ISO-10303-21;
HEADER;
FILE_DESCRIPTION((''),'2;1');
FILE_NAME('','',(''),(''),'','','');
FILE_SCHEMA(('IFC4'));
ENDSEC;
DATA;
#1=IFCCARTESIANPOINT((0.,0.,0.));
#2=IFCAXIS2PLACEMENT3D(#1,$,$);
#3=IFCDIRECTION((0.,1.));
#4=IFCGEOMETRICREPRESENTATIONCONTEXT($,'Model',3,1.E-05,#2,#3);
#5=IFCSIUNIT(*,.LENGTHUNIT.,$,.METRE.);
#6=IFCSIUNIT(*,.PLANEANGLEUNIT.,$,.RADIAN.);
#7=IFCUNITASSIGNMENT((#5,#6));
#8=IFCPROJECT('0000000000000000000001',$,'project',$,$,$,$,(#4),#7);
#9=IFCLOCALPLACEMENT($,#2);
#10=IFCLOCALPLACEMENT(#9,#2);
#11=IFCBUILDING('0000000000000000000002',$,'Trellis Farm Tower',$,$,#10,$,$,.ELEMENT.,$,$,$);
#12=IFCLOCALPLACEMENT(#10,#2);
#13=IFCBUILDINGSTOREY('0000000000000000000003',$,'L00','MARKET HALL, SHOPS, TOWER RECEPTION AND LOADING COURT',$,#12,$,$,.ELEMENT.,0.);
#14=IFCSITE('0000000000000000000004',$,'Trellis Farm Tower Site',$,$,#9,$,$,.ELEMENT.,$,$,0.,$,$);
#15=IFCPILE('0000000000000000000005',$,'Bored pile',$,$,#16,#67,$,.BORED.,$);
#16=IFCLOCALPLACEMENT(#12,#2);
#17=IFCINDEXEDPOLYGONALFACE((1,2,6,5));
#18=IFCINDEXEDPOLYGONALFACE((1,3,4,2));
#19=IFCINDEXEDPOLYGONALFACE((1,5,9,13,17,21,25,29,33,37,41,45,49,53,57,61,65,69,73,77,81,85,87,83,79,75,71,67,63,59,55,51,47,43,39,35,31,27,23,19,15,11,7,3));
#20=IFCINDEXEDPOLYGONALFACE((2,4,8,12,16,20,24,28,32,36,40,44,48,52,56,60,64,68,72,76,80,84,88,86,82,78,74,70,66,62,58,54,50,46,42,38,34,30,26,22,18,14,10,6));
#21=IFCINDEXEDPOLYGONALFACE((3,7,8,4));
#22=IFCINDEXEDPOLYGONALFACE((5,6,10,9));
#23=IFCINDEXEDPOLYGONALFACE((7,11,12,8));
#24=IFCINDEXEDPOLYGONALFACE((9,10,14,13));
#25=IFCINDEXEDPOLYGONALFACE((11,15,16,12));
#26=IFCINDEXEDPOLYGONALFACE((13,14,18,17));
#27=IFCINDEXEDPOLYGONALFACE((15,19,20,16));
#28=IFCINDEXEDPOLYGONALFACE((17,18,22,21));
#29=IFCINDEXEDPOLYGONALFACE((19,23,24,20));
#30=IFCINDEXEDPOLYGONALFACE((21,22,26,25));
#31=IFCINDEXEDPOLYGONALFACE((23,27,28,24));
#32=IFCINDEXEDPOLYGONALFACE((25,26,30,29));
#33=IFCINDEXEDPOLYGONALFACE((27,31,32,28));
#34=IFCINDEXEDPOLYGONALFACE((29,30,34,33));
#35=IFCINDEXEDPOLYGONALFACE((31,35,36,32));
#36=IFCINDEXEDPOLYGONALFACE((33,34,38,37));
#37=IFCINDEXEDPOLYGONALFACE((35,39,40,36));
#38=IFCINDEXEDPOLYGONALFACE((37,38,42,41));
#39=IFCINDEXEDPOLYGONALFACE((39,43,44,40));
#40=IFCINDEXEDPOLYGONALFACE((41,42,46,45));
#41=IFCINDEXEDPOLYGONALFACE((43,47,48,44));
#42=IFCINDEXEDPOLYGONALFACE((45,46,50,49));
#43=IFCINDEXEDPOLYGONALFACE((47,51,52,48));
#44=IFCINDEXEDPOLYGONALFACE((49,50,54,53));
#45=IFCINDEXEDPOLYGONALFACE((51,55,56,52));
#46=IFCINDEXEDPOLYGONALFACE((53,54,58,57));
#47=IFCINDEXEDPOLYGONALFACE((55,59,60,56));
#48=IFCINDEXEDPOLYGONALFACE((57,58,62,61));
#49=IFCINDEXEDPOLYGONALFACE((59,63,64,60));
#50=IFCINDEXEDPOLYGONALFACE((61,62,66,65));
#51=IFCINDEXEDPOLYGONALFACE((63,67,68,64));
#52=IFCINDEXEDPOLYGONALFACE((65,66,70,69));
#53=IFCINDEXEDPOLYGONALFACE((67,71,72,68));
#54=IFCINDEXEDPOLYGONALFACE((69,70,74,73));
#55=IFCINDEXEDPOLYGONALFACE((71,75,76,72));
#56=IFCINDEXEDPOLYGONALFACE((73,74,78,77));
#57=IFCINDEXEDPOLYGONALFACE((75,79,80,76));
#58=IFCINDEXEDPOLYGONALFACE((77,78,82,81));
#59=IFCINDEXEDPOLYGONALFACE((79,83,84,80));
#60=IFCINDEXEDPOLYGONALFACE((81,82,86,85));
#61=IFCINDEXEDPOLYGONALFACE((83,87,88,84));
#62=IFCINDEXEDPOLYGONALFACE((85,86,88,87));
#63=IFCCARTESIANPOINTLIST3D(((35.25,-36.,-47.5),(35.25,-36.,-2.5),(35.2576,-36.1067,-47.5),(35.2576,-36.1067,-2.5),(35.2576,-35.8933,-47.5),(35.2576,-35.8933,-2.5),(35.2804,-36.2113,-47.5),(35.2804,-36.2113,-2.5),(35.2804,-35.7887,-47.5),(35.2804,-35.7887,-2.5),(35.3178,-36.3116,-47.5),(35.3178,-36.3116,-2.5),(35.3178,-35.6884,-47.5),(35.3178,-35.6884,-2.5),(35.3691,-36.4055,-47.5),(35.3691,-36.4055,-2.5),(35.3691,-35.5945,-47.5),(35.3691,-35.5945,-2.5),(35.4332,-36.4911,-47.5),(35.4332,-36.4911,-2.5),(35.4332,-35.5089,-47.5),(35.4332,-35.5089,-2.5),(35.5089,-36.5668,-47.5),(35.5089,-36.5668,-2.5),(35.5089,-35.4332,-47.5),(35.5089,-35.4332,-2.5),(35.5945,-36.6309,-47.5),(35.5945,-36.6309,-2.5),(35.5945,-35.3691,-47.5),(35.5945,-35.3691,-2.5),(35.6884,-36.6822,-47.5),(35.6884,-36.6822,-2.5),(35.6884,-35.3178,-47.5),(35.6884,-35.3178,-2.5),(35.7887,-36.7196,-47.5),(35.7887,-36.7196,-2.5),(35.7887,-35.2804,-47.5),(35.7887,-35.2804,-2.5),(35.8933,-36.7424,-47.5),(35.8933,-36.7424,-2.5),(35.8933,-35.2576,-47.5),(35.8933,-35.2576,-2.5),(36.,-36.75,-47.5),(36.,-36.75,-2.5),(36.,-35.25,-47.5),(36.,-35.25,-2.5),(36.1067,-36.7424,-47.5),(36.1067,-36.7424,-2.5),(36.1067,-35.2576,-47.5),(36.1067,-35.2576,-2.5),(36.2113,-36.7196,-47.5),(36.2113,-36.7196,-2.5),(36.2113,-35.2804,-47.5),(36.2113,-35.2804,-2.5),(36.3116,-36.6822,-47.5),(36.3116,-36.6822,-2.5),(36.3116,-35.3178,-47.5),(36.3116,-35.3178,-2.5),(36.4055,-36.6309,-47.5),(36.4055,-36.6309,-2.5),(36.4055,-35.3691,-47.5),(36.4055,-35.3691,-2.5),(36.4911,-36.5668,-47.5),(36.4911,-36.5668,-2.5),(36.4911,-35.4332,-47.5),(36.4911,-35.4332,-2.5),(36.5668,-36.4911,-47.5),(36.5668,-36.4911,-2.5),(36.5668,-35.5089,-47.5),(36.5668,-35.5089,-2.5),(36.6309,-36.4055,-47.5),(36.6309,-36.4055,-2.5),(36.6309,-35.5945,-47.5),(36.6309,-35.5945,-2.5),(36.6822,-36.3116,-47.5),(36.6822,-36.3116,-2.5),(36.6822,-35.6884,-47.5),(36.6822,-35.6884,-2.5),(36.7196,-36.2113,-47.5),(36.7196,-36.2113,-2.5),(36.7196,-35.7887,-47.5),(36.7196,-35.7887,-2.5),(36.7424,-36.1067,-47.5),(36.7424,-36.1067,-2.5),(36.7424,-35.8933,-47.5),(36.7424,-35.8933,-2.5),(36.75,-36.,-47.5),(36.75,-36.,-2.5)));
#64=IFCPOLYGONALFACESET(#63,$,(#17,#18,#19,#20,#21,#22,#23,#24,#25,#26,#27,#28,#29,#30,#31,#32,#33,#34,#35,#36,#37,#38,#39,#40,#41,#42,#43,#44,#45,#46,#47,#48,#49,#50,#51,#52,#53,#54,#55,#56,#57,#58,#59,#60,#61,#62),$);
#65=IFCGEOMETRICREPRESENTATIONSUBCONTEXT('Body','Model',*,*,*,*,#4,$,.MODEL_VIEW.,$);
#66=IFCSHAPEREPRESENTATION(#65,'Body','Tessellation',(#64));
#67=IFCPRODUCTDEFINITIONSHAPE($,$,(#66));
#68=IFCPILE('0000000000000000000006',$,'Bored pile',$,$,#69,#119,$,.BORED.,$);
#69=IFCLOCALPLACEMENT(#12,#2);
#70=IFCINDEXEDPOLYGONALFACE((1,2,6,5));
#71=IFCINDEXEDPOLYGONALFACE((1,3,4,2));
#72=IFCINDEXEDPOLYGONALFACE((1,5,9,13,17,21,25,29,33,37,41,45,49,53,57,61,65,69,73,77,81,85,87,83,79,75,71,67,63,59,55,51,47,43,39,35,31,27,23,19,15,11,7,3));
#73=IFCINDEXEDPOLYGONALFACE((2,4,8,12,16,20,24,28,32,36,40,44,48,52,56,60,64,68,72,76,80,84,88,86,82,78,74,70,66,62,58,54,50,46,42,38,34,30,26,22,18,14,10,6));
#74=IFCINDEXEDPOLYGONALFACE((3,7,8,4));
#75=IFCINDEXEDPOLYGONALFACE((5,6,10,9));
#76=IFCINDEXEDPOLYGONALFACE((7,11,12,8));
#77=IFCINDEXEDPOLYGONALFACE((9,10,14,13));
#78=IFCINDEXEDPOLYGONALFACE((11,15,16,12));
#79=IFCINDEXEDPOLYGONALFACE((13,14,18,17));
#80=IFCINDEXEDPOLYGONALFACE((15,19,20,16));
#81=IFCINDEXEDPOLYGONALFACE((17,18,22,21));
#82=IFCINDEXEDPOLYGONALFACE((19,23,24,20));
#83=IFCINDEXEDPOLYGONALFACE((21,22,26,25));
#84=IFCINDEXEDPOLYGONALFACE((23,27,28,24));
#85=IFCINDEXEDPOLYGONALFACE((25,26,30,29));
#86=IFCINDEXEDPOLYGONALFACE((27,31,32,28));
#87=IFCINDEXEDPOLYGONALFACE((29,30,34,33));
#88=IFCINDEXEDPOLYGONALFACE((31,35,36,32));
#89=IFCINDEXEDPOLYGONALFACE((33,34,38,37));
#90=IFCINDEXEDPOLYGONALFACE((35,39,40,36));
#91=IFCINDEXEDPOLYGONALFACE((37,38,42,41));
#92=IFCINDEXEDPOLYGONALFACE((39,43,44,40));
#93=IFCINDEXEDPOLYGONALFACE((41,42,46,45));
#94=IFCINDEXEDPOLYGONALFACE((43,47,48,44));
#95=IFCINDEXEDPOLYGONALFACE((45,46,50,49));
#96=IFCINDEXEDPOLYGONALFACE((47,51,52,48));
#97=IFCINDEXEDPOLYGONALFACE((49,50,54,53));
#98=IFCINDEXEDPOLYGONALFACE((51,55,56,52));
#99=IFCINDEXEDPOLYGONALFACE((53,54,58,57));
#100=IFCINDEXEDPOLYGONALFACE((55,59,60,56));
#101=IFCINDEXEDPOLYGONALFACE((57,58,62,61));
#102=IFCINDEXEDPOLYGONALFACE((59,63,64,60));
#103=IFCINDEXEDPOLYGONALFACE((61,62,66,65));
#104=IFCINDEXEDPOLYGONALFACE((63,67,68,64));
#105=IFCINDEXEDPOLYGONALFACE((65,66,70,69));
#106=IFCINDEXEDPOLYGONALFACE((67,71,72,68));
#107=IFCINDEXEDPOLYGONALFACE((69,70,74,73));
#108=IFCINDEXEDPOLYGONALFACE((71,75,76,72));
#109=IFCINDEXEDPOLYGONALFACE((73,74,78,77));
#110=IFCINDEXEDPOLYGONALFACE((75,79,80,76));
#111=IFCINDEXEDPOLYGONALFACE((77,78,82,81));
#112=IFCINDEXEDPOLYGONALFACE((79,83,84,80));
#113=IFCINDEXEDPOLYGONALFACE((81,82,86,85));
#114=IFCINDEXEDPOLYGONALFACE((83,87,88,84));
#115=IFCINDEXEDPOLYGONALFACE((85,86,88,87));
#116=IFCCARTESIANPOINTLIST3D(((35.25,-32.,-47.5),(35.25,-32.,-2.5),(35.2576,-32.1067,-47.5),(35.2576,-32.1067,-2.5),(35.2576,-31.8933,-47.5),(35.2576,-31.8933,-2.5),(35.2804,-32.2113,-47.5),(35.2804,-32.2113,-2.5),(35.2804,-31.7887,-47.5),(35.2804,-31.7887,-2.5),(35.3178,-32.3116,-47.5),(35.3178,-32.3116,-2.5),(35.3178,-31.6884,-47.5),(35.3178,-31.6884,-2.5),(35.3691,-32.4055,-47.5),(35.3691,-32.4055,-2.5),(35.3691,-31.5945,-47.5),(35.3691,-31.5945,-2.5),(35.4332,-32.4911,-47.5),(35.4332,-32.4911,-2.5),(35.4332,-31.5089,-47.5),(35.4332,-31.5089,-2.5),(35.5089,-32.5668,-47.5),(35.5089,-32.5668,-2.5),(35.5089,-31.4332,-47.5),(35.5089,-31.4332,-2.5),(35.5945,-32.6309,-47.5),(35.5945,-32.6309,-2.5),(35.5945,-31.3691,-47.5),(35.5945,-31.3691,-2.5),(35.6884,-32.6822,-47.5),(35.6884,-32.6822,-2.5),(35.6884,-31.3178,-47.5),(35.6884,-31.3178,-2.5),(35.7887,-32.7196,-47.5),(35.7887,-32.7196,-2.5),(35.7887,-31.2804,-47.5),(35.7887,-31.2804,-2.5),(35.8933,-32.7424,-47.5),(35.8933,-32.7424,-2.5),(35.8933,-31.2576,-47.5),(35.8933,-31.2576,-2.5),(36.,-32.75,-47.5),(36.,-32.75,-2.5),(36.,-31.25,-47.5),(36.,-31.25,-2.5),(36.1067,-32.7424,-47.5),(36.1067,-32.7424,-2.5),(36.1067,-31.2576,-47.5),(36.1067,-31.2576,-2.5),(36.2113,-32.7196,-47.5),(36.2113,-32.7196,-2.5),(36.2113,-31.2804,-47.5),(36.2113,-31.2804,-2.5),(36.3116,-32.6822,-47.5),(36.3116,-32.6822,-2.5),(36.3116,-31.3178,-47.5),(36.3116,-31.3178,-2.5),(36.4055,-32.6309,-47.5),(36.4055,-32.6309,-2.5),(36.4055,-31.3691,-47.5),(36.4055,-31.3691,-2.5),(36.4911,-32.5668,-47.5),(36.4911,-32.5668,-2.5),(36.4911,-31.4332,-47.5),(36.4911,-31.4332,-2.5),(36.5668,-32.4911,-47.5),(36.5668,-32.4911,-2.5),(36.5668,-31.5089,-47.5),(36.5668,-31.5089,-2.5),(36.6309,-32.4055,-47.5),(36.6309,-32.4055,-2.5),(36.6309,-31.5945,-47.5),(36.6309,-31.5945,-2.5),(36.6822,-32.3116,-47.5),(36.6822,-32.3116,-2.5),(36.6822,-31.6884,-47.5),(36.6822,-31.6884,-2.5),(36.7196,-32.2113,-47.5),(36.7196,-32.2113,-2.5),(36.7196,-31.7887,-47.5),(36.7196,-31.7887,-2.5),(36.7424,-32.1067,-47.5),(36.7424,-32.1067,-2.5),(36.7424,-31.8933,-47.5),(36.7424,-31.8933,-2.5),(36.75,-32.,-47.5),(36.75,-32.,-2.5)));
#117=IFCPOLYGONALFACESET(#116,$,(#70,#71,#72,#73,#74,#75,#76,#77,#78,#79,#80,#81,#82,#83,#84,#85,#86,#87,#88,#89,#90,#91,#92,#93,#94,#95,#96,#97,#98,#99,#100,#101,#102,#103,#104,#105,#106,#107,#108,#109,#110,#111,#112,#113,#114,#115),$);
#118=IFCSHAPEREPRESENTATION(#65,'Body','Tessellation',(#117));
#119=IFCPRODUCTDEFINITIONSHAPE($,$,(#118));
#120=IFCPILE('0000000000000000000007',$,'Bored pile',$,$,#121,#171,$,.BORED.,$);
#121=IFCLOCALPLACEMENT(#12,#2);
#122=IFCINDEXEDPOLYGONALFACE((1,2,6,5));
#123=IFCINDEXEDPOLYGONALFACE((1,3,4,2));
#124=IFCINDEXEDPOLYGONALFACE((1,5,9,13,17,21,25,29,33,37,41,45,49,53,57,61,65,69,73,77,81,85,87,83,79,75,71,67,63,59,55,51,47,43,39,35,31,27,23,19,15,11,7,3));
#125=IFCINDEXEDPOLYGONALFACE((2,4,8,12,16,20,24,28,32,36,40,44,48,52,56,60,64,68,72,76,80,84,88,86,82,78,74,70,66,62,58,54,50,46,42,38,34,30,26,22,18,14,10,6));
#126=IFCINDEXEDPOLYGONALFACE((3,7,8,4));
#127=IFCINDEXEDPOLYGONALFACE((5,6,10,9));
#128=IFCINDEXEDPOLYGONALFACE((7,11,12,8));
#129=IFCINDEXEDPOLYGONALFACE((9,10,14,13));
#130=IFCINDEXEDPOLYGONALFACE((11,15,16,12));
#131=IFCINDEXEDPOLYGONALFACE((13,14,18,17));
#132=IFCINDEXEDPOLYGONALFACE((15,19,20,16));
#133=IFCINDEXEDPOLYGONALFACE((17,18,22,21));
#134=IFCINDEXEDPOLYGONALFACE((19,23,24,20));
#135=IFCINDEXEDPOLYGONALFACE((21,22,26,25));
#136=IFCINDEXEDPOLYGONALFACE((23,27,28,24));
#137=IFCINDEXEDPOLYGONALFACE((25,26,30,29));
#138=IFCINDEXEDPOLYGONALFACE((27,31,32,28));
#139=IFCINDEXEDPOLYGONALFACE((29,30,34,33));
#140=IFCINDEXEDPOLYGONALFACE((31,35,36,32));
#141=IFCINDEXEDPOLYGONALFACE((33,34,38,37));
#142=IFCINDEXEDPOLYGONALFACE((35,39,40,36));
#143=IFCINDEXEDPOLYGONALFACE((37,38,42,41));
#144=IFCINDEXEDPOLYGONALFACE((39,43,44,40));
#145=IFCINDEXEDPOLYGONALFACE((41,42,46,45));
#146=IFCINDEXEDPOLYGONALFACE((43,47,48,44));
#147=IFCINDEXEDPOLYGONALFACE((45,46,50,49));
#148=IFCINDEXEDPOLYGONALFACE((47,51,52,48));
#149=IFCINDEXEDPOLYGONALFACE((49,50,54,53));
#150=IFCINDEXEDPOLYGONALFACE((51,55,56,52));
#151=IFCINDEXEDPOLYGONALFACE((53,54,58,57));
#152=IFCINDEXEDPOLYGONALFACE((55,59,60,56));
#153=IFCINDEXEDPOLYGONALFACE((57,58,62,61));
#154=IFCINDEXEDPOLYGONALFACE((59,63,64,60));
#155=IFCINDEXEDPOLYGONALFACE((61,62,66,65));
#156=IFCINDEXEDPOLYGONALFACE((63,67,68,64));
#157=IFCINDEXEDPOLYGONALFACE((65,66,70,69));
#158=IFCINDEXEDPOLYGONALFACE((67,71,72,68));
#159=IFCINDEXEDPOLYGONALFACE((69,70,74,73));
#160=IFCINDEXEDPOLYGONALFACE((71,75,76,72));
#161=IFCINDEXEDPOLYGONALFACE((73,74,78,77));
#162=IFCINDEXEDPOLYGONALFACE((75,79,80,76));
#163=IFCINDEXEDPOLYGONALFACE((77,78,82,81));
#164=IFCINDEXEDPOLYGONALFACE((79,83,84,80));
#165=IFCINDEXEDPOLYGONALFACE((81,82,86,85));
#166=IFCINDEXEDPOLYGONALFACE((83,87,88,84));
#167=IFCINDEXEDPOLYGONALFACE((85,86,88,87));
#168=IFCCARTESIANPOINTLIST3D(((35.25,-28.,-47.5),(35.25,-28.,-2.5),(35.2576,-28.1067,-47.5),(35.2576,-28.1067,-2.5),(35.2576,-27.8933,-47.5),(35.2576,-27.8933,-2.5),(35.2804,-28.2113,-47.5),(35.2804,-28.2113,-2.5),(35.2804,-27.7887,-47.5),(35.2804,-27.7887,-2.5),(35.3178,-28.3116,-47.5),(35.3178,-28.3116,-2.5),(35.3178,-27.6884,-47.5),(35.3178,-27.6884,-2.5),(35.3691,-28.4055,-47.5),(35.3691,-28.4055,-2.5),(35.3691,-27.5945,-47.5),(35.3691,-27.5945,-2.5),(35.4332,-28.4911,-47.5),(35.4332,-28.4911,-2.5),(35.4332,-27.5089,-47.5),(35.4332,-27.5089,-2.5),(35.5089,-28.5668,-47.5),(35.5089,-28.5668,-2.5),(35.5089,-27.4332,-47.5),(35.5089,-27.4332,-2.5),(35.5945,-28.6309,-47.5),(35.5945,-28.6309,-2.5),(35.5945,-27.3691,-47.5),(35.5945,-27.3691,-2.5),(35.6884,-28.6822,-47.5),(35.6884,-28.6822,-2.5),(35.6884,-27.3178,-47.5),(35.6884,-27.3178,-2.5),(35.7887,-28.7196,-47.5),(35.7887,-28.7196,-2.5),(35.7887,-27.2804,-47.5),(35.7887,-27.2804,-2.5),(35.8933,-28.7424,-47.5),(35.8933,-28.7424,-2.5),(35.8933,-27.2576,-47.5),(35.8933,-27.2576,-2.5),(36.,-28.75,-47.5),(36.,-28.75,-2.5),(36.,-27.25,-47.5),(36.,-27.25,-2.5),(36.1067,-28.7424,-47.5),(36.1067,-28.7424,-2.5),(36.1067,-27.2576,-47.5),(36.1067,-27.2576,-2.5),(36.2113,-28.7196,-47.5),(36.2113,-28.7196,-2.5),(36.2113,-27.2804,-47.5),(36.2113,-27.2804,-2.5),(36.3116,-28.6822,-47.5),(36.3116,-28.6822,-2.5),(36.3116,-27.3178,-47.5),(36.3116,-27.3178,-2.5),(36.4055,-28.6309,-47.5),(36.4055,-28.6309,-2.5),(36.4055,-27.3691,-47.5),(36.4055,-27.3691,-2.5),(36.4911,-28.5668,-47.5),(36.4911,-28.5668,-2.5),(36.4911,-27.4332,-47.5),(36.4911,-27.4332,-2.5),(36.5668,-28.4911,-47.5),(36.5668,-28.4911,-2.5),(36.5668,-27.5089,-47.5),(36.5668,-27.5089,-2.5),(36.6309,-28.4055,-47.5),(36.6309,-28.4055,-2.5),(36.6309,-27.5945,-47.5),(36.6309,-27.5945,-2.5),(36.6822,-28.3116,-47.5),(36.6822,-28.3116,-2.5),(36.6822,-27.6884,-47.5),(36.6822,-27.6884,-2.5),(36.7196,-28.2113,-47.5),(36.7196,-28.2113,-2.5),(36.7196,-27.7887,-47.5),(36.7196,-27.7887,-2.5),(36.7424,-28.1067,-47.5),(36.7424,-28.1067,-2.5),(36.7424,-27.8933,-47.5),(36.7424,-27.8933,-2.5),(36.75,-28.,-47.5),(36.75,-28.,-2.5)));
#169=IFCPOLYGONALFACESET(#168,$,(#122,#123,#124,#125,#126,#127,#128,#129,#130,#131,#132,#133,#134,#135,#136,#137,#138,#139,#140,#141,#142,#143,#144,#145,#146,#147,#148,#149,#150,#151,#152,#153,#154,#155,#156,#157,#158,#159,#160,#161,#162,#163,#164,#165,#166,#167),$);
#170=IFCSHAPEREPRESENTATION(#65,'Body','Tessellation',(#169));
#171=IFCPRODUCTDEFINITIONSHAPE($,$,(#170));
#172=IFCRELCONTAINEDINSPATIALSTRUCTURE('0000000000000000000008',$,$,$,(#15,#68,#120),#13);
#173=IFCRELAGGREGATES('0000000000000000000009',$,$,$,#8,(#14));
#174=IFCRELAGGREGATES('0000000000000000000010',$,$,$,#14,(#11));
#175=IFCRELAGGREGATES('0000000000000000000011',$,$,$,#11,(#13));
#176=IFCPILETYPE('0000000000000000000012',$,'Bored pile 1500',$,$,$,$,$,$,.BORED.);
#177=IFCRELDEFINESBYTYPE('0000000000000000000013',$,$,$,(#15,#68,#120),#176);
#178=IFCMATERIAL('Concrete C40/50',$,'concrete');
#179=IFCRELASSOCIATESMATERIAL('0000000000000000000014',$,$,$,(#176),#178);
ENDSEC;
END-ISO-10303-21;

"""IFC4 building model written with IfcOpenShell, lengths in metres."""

from ifc_helpers import new_model, si_unit, direction, frame, origin, origin_2d, place, context, subcontext, project, spatial, circle, extrude, source, transform, mapped, material, material_profile, profile_set, type_object, element, save


model = new_model("IFC4")

# Units and contexts
model_context = context("Model", 3, precision=1e-05, world=origin(), true_north=direction((0.0, 1.0)))
body_context = subcontext(model_context, "Body", "Model", "MODEL_VIEW")
ifc_project = project(units=[si_unit("LENGTHUNIT", "METRE"), si_unit("PLANEANGLEUNIT", "RADIAN")], contexts=[model_context])

# Site, building, storey
site_placement = place(None, origin())
site = spatial("IfcSite", under=ifc_project, at=site_placement, Name="Trellis Farm Tower Site", CompositionType="ELEMENT", RefElevation=0.0)
building_placement = place(site_placement, origin())
building = spatial("IfcBuilding", under=site, at=building_placement, Name="Trellis Farm Tower", CompositionType="ELEMENT")
storey_placement = place(building_placement, origin())
storey = spatial("IfcBuildingStorey", under=building, at=storey_placement, Name="L00", Description="MARKET HALL, SHOPS, TOWER RECEPTION AND LOADING COURT", CompositionType="ELEMENT", Elevation=0.0)

# Piles
ifc_material_1 = material(Name="Concrete C40/50", Category="concrete")
ifc_material_profile_1 = material_profile(ifc_material_1, circle(Radius=0.75, at=origin_2d()), Name="Bored pile 1500")
ifc_profile_set_1 = profile_set([ifc_material_profile_1], Name="Concrete C40/50")
pile_type = type_object("IfcPileType", Name="Bored pile 1500", PredefinedType="BORED", material=ifc_profile_set_1)
shared_shape_1 = source(origin(), body_context, "Body", "SweptSolid", [
    extrude(circle(Radius=0.75, at=origin_2d()), origin(), (0.0, 0.0, 1.0), 45.0),
])
for number, where, z_axis, x_axis, name in (
    (1, (36.0, -36.0, -2.5), (0.0, 0.0, -1.0), (1.0, 0.0, 0.0), "Bored pile"),
    (2, (36.0, -32.0, -2.5), (0.0, 0.0, -1.0), (1.0, 0.0, 0.0), "Bored pile"),
    (3, (36.0, -28.0, -2.5), (0.0, 0.0, -1.0), (1.0, 0.0, 0.0), "Bored pile"),
):
    element("IfcPile", number, at=place(storey_placement, frame(where, z_axis=z_axis, x_axis=x_axis)), inside=storey, type_object=pile_type, Name=name, PredefinedType="BORED", context=body_context, shape_type="MappedRepresentation", body=[
        mapped(shared_shape_1, transform((0.0, 0.0, 0.0))),
    ])

save(model, "model.ifc")
